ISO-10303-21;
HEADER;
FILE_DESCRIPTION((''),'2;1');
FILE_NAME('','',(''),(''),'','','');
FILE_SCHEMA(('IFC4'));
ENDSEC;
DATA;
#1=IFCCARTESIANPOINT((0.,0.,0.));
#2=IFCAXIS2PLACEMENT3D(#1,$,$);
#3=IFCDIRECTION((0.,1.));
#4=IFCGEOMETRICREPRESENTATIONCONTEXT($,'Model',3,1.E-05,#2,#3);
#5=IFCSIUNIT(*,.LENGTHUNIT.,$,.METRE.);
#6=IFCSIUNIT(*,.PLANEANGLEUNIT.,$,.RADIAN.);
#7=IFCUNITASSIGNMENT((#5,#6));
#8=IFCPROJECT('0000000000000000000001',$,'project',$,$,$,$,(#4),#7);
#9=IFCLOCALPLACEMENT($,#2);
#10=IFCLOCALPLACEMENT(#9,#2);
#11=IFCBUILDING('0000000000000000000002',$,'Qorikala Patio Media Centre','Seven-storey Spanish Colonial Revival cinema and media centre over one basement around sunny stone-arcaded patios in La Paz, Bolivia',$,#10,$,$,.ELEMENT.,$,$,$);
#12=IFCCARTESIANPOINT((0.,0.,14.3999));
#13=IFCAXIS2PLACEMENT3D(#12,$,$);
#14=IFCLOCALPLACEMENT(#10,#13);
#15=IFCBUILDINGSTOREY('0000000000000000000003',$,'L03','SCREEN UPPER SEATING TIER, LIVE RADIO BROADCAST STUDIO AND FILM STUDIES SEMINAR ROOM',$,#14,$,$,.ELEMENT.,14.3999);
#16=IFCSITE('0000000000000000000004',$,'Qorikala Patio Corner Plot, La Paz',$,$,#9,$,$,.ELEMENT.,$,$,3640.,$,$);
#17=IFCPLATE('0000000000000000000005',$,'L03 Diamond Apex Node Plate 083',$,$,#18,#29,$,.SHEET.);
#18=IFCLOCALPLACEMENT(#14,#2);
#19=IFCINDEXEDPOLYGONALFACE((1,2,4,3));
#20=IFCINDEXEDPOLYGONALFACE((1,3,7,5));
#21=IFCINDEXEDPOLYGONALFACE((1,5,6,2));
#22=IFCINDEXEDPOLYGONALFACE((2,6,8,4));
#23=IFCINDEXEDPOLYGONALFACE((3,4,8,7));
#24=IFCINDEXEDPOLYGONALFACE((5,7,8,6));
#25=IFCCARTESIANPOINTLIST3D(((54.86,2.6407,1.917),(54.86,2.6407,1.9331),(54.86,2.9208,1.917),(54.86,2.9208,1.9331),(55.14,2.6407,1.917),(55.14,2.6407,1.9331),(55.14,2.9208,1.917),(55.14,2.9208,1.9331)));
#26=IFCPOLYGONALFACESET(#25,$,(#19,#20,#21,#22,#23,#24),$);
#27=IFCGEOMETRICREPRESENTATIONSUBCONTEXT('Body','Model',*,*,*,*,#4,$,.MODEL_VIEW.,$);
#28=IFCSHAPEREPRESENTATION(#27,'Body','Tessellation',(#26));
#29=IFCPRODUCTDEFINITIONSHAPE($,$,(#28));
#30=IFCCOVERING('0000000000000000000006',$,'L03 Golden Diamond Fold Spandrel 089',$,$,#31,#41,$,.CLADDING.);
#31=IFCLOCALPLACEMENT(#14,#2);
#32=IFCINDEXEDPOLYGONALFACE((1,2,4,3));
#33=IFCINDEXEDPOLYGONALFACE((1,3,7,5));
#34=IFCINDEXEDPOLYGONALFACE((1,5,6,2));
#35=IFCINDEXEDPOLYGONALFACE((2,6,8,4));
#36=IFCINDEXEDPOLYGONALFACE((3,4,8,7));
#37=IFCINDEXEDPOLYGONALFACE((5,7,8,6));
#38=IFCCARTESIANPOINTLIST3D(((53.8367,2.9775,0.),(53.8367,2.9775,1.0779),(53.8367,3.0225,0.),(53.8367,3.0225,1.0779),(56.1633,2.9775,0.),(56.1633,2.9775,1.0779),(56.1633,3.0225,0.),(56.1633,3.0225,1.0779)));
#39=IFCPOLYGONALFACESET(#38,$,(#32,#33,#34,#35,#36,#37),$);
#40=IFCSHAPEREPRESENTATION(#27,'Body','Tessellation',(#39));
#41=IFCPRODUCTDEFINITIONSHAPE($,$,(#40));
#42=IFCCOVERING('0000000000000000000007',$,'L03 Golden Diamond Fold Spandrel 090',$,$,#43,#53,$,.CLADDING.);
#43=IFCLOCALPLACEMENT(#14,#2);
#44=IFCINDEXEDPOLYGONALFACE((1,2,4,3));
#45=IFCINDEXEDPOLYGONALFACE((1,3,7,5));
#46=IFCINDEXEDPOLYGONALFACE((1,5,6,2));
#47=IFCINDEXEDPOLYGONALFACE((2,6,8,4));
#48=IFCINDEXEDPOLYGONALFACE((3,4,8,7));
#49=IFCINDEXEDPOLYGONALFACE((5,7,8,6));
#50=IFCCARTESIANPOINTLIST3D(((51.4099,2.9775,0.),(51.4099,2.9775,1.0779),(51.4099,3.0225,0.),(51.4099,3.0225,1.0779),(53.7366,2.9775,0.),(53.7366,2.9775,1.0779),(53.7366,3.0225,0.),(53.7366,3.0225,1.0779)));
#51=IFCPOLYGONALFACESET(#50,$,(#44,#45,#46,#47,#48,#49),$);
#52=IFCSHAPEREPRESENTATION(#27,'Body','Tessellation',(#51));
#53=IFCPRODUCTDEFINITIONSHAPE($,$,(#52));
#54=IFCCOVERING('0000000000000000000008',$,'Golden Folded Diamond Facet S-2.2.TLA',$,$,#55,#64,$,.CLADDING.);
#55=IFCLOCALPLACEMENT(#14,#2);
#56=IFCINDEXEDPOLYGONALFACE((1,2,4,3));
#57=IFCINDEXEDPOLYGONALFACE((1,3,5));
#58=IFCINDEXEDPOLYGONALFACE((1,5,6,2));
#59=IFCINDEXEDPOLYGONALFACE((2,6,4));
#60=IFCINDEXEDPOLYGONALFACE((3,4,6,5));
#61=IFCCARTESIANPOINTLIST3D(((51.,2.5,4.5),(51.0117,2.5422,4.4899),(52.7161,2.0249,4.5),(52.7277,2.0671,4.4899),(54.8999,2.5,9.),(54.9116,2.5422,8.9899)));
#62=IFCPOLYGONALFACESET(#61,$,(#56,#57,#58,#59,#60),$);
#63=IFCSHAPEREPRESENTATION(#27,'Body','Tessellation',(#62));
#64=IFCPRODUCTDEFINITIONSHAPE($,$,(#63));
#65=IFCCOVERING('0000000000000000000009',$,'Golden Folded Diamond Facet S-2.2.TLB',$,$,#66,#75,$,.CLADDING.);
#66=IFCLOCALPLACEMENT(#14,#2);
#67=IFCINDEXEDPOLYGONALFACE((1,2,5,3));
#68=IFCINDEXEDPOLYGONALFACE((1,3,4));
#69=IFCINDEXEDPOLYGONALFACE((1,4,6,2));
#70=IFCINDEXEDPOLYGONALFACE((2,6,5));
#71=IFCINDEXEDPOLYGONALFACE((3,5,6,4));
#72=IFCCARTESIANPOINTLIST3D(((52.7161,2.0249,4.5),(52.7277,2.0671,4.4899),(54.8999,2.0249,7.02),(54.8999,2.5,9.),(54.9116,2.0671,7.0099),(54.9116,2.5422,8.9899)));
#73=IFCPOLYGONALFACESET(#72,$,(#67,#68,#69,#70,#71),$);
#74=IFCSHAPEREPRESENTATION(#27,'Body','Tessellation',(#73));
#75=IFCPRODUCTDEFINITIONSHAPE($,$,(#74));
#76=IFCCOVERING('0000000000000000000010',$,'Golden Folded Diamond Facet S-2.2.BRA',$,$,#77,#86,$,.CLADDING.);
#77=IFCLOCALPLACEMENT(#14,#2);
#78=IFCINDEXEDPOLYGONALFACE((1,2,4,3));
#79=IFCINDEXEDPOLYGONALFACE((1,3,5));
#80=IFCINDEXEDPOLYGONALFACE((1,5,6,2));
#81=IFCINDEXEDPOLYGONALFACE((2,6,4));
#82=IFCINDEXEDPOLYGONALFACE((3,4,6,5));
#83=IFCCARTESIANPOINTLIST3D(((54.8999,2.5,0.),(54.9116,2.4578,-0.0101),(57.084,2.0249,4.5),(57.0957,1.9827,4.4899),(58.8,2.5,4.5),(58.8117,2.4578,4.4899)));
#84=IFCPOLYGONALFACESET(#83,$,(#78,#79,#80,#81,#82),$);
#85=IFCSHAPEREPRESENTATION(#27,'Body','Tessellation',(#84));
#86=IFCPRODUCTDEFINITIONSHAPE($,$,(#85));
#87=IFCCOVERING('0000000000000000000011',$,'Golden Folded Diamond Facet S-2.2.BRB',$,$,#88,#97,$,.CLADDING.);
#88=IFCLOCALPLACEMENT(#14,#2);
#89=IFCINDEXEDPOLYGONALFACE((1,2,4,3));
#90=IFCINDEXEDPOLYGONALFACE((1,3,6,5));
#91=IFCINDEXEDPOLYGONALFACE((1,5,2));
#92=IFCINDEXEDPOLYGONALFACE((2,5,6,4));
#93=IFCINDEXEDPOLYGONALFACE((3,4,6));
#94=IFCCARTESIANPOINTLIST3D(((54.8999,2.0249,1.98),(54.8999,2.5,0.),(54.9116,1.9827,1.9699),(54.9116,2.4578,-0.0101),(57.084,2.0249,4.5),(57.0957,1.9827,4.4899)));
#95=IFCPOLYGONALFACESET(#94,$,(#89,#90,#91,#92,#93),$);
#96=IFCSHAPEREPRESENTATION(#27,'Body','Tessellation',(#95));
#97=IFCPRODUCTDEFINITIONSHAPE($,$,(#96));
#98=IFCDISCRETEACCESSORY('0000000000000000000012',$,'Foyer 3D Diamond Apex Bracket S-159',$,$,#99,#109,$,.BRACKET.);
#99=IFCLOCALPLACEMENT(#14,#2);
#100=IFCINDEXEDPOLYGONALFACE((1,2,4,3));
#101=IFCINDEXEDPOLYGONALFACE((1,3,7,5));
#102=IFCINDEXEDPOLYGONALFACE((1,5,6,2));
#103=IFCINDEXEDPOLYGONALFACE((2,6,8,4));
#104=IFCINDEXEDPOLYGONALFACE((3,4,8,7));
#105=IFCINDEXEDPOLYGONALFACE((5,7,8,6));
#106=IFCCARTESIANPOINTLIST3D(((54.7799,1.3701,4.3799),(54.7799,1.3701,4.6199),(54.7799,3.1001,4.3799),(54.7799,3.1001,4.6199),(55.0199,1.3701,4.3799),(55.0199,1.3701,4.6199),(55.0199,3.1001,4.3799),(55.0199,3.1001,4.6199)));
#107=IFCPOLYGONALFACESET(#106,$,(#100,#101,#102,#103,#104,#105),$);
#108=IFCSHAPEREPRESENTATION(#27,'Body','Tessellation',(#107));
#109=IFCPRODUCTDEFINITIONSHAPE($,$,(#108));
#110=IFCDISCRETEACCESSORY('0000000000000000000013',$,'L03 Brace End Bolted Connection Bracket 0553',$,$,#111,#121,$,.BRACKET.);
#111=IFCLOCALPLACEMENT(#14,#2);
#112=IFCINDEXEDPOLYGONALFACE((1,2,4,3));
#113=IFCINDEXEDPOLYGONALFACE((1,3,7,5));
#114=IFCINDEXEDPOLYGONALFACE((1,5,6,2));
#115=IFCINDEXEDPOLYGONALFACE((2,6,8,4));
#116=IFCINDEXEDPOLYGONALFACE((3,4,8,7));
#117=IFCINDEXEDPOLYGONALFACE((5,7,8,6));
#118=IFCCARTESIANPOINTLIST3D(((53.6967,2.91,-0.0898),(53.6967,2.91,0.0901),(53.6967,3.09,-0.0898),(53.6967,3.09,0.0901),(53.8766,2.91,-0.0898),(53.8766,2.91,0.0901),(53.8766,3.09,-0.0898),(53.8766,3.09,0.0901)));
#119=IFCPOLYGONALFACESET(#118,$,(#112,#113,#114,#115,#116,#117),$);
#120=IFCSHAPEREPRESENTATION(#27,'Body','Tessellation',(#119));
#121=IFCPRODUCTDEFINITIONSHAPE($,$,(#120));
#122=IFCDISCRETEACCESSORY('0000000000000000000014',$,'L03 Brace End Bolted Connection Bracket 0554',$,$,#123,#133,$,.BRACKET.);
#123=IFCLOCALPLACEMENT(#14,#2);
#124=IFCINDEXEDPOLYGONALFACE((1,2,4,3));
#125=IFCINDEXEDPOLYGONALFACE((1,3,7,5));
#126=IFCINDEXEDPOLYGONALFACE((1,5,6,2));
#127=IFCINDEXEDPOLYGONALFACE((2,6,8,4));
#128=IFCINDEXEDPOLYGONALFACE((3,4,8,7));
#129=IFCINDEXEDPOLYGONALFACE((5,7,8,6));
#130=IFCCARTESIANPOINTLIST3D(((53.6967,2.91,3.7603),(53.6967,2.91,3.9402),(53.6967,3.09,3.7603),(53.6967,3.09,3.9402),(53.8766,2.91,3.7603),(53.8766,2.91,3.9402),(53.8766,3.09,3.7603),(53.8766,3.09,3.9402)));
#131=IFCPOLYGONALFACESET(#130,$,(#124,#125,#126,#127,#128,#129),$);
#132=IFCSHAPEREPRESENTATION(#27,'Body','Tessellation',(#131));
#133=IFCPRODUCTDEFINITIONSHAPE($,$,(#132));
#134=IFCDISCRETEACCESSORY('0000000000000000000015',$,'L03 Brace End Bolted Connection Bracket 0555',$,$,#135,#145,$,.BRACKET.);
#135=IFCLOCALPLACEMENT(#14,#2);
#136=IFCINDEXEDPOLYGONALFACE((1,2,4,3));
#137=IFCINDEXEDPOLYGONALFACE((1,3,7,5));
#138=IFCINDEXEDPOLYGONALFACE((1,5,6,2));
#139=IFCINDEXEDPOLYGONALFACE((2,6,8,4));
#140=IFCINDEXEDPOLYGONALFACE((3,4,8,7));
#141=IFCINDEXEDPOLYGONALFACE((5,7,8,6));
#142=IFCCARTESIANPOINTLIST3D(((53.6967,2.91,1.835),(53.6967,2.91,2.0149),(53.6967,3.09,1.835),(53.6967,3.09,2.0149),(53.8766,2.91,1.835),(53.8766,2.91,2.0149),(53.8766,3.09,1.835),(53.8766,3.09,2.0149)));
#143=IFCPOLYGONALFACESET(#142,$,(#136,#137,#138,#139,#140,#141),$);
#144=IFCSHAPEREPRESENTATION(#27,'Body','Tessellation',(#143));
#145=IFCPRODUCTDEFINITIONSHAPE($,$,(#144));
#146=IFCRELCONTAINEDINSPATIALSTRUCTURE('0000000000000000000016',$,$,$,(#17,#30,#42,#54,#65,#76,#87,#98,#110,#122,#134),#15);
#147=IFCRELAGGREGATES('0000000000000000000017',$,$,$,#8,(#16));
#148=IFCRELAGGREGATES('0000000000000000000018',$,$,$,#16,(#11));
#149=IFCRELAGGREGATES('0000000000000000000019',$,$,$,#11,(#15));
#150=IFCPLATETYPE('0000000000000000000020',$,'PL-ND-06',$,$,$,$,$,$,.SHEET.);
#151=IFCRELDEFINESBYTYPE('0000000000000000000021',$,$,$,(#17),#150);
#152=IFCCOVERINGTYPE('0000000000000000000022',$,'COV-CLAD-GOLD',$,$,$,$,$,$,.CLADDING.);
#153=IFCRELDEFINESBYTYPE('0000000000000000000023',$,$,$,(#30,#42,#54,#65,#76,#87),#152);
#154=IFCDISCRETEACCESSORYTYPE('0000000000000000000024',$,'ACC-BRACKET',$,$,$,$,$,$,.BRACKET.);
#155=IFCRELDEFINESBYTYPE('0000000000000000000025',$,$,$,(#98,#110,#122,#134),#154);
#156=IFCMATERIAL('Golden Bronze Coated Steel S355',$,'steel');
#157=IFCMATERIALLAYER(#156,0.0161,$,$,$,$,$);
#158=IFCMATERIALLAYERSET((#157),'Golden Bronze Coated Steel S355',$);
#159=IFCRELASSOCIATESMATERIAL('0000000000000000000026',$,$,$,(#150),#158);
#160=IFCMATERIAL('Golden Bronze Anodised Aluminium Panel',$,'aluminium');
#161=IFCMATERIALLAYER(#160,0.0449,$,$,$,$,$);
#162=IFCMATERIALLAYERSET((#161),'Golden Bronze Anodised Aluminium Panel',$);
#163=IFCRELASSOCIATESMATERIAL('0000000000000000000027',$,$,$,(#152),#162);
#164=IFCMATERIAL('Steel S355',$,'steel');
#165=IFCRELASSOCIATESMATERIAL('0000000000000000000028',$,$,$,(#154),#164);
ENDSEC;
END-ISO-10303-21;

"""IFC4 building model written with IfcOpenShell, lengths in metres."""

from ifc_helpers import new_model, si_unit, direction, frame, origin, origin_2d, place, context, subcontext, project, spatial, polyline, rectangle, outline, extrude, material, layer, layer_set, type_object, element, save


model = new_model("IFC4")

# Units and contexts
model_context = context("Model", 3, precision=1e-05, world=origin(), true_north=direction((0.0, 1.0)))
body_context = subcontext(model_context, "Body", "Model", "MODEL_VIEW")
ifc_project = project(units=[si_unit("LENGTHUNIT", "METRE"), si_unit("PLANEANGLEUNIT", "RADIAN")], contexts=[model_context])

# Site, building, storey
site_placement = place(None, origin())
site = spatial("IfcSite", under=ifc_project, at=site_placement, Name="Qorikala Patio Corner Plot, La Paz", CompositionType="ELEMENT", RefElevation=3640.0)
building_placement = place(site_placement, origin())
building = spatial("IfcBuilding", under=site, at=building_placement, Name="Qorikala Patio Media Centre", Description="Seven-storey Spanish Colonial Revival cinema and media centre over one basement around sunny stone-arcaded patios in La Paz, Bolivia", CompositionType="ELEMENT")
storey_placement = place(building_placement, frame((0.0, 0.0, 14.3999)))
storey = spatial("IfcBuildingStorey", under=building, at=storey_placement, Name="L03", Description="SCREEN UPPER SEATING TIER, LIVE RADIO BROADCAST STUDIO AND FILM STUDIES SEMINAR ROOM", CompositionType="ELEMENT", Elevation=14.3999)

# Shared definitions
ifc_material_1 = material(Name="Golden Bronze Coated Steel S355", Category="steel")

# Plate
ifc_layer_1 = layer(ifc_material_1, 0.0161)
ifc_layer_set_1 = layer_set([ifc_layer_1], Name="Golden Bronze Coated Steel S355")
plate_type_1 = type_object("IfcPlateType", Name="PL-ND-06", PredefinedType="SHEET", material=ifc_layer_set_1)
plate_1_placement = place(storey_placement, frame((55.0, 2.7808, 1.917), z_axis=(0.0, 0.0, 1.0), x_axis=(-1.0, 0.0, 0.0)))
element("IfcPlate", 1, at=plate_1_placement, inside=storey, type_object=plate_type_1, Name="L03 Diamond Apex Node Plate 083", PredefinedType="SHEET", context=body_context, shape_type="SweptSolid", body=[
    extrude(rectangle(XDim=0.28, YDim=0.28, at=origin_2d()), origin(), (0.0, 0.0, 1.0), 0.0161),
])

# Coverings
ifc_material_2 = material(Name="Golden Bronze Anodised Aluminium Panel", Category="aluminium")
ifc_layer_2 = layer(ifc_material_2, 0.0449)
ifc_layer_set_2 = layer_set([ifc_layer_2], Name="Golden Bronze Anodised Aluminium Panel")
covering_type = type_object("IfcCoveringType", Name="COV-CLAD-GOLD", PredefinedType="CLADDING", material=ifc_layer_set_2)
for number, where, z_axis, x_axis, name in (
    (2, (55.0, 3.0, 0.0), (0.0, 0.0, 1.0), (-1.0, 0.0, 0.0), "L03 Golden Diamond Fold Spandrel 089"),
    (3, (52.5732, 3.0, 0.0), (0.0, 0.0, 1.0), (-1.0, 0.0, 0.0), "L03 Golden Diamond Fold Spandrel 090"),
):
    element("IfcCovering", number, at=place(storey_placement, frame(where, z_axis=z_axis, x_axis=x_axis)), inside=storey, type_object=covering_type, Name=name, PredefinedType="CLADDING", context=body_context, shape_type="SweptSolid", body=[
        extrude(rectangle(XDim=2.3267, YDim=0.0449, at=origin_2d()), origin(), (0.0, 0.0, 1.0), 1.0779),
    ])
covering_1_placement = place(storey_placement, frame((54.8999, 2.5, 9.0), z_axis=(-0.259957, -0.938971, 0.22529), x_axis=(-0.654921, 0.0, -0.755697)))
element("IfcCovering", 4, at=covering_1_placement, inside=storey, type_object=covering_type, Name="Golden Folded Diamond Facet S-2.2.TLA", PredefinedType="CLADDING", context=body_context, shape_type="SweptSolid", body=[
    extrude(outline(polyline([(0.0, 0.0), (5.9548, 0.0), (4.8309, 1.3811), (0.0, 0.0)])), origin(), (0.0, 0.0, -1.0), 0.0449),
])
covering_2_placement = place(storey_placement, frame((54.8999, 2.5, 9.0), z_axis=(-0.259987, -0.938959, 0.225304), x_axis=(-0.434644, -0.094558, -0.895625)))
element("IfcCovering", 5, at=covering_2_placement, inside=storey, type_object=covering_type, Name="Golden Folded Diamond Facet S-2.2.TLB", PredefinedType="CLADDING", context=body_context, shape_type="SweptSolid", body=[
    extrude(outline(polyline([(0.0, 0.0), (5.0244, 0.0), (1.8182, 0.9165), (0.0, 0.0)])), origin(), (0.0, 0.0, -1.0), 0.0449),
])
covering_3_placement = place(storey_placement, frame((54.8999, 2.5, 0.0), z_axis=(-0.259956, 0.938968, 0.225304), x_axis=(0.654945, 0.0, 0.755677)))
element("IfcCovering", 6, at=covering_3_placement, inside=storey, type_object=covering_type, Name="Golden Folded Diamond Facet S-2.2.BRA", PredefinedType="CLADDING", context=body_context, shape_type="SweptSolid", body=[
    extrude(outline(polyline([(0.0, 0.0), (5.9549, 0.0), (4.831, -1.3811), (0.0, 0.0)])), origin(), (0.0, 0.0, -1.0), 0.0449),
])
covering_4_placement = place(storey_placement, frame((54.8999, 2.5, 0.0), z_axis=(-0.25996, 0.938966, 0.225306), x_axis=(0.434684, -0.094556, 0.895606)))
element("IfcCovering", 7, at=covering_4_placement, inside=storey, type_object=covering_type, Name="Golden Folded Diamond Facet S-2.2.BRB", PredefinedType="CLADDING", context=body_context, shape_type="SweptSolid", body=[
    extrude(outline(polyline([(0.0, 0.0), (5.0245, 0.0), (1.8182, -0.9166), (0.0, 0.0)])), origin(), (0.0, 0.0, -1.0), 0.0449),
])

# Discrete accessories
ifc_material_3 = material(Name="Steel S355", Category="steel")
discrete_accessory_type = type_object("IfcDiscreteAccessoryType", Name="ACC-BRACKET", PredefinedType="BRACKET", material=ifc_material_3)
discrete_accessory_placement = place(storey_placement, frame((54.8999, 2.2351, 4.3799), z_axis=(0.0, 0.0, 1.0), x_axis=(1.0, 0.0, 0.0)))
element("IfcDiscreteAccessory", 8, at=discrete_accessory_placement, inside=storey, type_object=discrete_accessory_type, Name="Foyer 3D Diamond Apex Bracket S-159", PredefinedType="BRACKET", context=body_context, shape_type="SweptSolid", body=[
    extrude(rectangle(XDim=0.24, YDim=1.73, at=origin_2d()), origin(), (0.0, 0.0, 1.0), 0.24),
])
for number, where, z_axis, x_axis, name in (
    (9, (53.7866, 3.0, -0.0898), (0.0, 0.0, 1.0), (1.0, 0.0, 0.0), "L03 Brace End Bolted Connection Bracket 0553"),
    (10, (53.7866, 3.0, 3.7603), (0.0, 0.0, 1.0), (1.0, 0.0, 0.0), "L03 Brace End Bolted Connection Bracket 0554"),
    (11, (53.7866, 3.0, 1.835), (0.0, 0.0, 1.0), (1.0, 0.0, 0.0), "L03 Brace End Bolted Connection Bracket 0555"),
):
    element("IfcDiscreteAccessory", number, at=place(storey_placement, frame(where, z_axis=z_axis, x_axis=x_axis)), inside=storey, type_object=discrete_accessory_type, Name=name, PredefinedType="BRACKET", context=body_context, shape_type="SweptSolid", body=[
        extrude(rectangle(XDim=0.1799, YDim=0.1799, at=origin_2d()), origin(), (0.0, 0.0, 1.0), 0.1799),
    ])

save(model, "model.ifc")
